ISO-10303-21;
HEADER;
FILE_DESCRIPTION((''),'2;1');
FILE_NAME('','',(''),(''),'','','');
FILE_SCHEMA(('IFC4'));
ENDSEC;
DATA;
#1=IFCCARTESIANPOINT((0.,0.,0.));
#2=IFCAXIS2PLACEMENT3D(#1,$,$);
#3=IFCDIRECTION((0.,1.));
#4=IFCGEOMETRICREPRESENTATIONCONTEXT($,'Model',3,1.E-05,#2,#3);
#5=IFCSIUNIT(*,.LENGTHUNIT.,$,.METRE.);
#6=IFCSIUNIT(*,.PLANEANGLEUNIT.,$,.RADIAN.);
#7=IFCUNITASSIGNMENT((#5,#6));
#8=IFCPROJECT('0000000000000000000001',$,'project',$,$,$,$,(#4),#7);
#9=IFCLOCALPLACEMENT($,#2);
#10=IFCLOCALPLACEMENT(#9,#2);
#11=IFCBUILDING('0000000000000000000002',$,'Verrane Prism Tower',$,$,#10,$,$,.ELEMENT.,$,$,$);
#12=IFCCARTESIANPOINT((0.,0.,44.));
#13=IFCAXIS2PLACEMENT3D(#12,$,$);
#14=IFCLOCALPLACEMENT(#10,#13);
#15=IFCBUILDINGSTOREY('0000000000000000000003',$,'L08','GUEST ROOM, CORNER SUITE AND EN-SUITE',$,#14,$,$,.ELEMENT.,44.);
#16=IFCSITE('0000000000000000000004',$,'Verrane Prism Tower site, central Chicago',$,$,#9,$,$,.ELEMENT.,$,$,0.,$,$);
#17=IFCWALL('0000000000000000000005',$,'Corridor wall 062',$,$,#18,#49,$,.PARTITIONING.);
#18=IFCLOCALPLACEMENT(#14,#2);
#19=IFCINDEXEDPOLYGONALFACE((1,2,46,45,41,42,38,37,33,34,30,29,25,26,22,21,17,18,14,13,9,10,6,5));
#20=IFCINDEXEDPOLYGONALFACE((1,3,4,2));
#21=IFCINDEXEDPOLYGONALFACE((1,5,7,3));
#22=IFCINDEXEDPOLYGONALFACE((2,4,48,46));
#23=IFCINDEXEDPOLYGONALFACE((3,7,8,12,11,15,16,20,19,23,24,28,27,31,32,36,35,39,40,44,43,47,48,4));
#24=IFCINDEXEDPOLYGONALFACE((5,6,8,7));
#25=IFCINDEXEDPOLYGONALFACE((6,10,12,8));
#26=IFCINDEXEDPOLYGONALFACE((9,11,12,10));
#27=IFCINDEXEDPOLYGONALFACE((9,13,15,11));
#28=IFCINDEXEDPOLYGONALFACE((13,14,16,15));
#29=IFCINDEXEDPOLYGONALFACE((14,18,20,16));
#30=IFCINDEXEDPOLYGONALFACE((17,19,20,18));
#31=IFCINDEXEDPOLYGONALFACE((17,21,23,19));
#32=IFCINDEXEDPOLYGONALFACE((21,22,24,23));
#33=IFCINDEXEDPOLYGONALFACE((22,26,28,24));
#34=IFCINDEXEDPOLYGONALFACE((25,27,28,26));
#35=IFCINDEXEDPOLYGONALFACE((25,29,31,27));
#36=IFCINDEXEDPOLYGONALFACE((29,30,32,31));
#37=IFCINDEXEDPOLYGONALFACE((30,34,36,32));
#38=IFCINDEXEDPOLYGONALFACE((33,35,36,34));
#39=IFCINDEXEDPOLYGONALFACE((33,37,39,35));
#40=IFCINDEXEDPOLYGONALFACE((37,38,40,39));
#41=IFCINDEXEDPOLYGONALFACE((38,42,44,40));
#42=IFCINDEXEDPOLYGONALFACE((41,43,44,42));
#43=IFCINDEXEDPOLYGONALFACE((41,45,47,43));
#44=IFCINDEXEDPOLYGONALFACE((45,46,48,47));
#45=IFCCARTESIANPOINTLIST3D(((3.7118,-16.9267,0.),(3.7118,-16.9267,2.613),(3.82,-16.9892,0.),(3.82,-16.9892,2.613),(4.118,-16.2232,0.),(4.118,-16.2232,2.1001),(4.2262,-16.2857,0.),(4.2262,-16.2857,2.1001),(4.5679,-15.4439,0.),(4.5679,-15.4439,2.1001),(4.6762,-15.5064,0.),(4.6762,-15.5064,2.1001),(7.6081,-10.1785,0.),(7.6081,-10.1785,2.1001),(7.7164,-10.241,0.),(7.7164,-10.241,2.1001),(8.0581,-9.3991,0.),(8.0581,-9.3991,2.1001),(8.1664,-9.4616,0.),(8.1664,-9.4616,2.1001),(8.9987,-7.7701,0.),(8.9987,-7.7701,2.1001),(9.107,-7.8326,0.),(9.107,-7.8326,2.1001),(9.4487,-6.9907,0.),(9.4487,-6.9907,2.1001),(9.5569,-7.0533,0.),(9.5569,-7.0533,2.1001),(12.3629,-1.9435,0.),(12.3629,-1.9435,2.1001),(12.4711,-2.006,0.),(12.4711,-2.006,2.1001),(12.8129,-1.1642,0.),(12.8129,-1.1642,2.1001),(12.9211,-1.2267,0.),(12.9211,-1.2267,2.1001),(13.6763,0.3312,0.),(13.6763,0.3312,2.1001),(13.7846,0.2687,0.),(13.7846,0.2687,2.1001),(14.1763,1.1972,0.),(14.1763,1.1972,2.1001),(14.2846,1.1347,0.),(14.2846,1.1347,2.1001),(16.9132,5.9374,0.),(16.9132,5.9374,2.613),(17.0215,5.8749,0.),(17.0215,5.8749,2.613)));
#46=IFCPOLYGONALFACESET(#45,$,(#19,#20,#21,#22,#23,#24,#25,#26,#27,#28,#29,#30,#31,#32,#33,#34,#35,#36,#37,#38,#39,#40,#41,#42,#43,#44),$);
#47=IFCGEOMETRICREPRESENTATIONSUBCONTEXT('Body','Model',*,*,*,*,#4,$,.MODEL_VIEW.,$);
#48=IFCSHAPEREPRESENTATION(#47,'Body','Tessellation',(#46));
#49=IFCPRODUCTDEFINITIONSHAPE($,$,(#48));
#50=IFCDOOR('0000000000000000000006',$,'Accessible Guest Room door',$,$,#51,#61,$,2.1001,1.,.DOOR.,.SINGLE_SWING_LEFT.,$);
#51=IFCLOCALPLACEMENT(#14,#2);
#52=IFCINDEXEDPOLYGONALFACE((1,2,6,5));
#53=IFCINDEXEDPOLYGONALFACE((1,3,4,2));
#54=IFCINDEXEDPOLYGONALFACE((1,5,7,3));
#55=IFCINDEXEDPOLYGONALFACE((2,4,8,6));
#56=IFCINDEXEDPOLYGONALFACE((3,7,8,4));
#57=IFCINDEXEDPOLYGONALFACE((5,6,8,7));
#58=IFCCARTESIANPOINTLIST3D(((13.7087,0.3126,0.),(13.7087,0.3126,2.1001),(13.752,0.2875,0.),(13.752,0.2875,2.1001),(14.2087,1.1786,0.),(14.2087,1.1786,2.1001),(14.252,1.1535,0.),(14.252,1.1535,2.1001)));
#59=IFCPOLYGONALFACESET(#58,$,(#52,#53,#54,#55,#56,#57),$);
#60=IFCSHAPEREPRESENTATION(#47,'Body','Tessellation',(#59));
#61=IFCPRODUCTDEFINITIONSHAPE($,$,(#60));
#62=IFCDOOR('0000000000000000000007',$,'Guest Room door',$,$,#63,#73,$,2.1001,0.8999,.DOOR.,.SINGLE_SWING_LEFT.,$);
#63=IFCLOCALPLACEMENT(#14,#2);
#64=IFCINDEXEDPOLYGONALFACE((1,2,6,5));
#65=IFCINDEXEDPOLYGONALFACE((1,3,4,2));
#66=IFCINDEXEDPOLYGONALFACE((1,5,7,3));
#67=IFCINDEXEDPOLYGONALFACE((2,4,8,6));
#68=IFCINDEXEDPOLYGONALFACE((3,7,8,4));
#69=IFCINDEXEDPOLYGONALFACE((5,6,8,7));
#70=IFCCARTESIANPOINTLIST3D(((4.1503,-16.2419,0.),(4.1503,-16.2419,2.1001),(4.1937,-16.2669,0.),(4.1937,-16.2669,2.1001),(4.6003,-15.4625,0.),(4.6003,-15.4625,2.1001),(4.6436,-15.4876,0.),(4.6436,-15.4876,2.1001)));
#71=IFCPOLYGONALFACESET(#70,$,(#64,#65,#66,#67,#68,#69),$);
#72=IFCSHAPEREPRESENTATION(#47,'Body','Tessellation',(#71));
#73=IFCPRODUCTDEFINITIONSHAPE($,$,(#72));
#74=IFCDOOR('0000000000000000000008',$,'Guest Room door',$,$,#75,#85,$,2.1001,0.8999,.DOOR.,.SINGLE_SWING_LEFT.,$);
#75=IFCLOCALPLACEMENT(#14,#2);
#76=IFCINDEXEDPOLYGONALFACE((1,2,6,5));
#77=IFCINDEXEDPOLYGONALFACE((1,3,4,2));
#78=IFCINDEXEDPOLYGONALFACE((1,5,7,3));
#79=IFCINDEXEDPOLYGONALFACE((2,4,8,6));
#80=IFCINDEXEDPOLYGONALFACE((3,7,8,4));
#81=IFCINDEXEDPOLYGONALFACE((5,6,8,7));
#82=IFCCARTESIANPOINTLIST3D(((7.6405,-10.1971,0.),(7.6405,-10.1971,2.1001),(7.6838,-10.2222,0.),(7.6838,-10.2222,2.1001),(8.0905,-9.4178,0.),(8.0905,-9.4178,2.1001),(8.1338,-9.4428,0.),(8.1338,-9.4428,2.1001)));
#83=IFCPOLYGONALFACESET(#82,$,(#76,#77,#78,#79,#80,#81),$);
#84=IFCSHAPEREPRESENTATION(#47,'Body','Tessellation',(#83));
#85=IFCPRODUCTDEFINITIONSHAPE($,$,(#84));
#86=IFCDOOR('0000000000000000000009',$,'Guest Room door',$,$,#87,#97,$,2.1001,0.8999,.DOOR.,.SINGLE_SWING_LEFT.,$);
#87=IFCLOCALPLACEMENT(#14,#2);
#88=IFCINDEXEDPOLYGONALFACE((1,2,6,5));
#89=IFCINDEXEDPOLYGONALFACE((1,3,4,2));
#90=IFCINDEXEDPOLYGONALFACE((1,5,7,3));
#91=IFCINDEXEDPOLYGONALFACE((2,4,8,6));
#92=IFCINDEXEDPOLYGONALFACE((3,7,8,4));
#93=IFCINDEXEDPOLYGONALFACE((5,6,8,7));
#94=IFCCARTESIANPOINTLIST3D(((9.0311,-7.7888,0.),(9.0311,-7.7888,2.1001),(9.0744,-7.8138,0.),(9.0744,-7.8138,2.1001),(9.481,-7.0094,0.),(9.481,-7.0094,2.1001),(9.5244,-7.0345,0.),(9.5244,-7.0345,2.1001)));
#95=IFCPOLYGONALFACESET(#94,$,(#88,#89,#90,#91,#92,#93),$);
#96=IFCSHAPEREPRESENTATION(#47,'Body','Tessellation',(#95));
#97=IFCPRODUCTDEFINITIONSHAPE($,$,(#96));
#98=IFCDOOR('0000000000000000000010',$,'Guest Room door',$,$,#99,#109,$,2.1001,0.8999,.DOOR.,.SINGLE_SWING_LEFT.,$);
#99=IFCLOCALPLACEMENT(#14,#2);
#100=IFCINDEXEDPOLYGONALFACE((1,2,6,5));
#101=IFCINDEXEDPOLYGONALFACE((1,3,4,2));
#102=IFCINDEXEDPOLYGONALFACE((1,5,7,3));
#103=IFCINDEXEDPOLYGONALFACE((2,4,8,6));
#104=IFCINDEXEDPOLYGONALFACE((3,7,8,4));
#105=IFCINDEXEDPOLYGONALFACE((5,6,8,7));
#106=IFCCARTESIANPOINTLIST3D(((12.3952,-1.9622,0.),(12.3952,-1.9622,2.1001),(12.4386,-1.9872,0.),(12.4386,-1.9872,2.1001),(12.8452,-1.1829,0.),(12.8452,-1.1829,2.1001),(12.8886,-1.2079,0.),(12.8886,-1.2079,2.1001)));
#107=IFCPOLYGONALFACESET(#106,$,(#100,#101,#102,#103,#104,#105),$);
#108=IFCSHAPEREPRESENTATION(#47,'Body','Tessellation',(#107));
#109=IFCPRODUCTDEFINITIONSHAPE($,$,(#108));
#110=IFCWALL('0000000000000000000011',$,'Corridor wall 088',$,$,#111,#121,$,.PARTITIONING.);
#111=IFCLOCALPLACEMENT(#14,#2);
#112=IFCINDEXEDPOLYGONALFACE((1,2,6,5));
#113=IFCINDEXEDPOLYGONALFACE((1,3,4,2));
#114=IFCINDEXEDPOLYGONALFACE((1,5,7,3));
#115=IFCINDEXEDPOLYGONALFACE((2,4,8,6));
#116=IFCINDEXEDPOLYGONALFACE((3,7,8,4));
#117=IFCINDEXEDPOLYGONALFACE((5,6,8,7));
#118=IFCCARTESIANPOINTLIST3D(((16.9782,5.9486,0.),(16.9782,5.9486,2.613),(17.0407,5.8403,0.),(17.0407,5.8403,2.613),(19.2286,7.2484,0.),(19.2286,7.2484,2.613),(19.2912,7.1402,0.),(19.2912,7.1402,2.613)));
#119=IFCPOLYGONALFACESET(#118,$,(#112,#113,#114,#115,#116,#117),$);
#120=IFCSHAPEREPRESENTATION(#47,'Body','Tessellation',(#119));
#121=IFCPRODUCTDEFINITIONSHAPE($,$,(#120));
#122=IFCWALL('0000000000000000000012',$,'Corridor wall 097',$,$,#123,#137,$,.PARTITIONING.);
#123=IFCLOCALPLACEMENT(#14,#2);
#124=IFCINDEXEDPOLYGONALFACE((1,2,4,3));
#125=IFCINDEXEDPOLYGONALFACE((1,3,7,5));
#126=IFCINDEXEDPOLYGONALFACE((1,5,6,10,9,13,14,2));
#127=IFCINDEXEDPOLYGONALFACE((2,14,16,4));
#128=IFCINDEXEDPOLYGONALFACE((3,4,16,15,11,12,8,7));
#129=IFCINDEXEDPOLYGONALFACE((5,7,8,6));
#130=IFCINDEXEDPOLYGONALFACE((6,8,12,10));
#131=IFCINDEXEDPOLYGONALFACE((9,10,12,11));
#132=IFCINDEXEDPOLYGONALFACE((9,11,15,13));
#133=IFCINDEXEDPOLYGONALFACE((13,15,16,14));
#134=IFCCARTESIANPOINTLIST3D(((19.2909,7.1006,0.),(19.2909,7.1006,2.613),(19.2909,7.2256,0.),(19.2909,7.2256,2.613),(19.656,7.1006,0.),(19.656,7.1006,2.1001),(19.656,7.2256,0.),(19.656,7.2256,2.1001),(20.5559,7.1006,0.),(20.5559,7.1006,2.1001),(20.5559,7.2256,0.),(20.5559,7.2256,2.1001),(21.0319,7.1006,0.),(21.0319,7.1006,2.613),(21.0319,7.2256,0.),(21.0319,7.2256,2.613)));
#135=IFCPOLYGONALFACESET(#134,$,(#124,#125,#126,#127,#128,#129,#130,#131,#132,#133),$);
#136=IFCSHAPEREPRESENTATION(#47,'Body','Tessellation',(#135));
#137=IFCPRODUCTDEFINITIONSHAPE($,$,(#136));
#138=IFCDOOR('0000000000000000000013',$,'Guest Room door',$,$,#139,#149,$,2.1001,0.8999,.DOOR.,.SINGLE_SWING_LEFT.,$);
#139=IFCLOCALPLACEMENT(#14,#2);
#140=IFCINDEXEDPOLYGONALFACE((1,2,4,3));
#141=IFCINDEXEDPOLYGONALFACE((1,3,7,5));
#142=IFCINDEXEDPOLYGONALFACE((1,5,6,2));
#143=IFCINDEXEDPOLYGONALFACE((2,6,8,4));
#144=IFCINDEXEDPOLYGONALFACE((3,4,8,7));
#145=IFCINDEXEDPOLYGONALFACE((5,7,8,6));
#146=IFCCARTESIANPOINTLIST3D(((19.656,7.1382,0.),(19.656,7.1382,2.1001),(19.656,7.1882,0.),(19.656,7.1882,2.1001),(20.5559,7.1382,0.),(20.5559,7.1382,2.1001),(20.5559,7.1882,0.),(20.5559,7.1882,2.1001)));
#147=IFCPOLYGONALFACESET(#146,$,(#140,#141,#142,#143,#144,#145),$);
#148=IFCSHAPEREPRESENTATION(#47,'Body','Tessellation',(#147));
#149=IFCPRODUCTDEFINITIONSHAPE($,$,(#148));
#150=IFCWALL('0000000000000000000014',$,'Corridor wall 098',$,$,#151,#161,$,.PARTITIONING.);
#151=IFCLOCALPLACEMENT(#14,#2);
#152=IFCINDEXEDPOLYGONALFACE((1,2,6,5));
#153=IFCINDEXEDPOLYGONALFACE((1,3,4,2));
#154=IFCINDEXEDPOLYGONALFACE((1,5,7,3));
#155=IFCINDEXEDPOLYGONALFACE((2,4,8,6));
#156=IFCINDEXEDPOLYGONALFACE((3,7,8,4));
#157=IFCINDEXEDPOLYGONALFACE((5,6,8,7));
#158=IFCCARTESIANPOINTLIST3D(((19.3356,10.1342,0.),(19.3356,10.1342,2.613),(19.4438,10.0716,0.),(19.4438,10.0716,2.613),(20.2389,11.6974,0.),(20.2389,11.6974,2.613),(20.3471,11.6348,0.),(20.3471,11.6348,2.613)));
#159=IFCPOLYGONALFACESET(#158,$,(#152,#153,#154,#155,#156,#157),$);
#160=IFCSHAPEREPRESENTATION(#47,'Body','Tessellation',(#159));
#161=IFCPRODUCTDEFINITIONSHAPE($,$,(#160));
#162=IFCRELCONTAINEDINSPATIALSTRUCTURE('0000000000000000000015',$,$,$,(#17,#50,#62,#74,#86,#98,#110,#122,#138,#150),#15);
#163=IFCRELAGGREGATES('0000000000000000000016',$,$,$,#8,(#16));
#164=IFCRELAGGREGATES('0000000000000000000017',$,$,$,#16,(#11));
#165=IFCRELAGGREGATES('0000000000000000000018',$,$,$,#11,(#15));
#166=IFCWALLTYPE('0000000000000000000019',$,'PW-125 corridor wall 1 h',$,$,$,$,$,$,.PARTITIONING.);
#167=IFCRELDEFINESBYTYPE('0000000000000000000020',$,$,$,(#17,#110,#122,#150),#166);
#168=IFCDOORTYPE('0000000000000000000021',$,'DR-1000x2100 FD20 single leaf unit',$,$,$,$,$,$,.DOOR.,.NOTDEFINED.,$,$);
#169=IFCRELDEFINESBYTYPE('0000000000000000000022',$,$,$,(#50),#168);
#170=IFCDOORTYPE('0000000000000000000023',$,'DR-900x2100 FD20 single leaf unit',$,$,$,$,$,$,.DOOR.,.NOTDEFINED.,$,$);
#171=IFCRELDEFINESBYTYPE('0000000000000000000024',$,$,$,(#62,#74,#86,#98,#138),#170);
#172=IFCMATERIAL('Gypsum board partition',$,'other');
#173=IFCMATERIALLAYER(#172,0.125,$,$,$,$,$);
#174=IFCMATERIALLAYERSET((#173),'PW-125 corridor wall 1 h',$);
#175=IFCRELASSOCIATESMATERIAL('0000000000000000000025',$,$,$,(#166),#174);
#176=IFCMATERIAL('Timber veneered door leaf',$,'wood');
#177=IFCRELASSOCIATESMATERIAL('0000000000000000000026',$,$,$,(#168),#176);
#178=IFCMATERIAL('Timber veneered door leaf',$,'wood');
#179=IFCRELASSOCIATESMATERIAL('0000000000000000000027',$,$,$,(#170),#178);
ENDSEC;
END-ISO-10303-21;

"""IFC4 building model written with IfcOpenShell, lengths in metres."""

from ifc_helpers import new_model, si_unit, direction, frame, frame_2d, origin, place, context, subcontext, project, spatial, rectangle, extrude, material, layer, layer_set, type_object, element, fill, save


model = new_model("IFC4")

# Units and contexts
model_context = context("Model", 3, precision=1e-05, world=origin(), true_north=direction((0.0, 1.0)))
body_context = subcontext(model_context, "Body", "Model", "MODEL_VIEW")
ifc_project = project(units=[si_unit("LENGTHUNIT", "METRE"), si_unit("PLANEANGLEUNIT", "RADIAN")], contexts=[model_context])

# Site, building, storey
site_placement = place(None, origin())
site = spatial("IfcSite", under=ifc_project, at=site_placement, Name="Verrane Prism Tower site, central Chicago", CompositionType="ELEMENT", RefElevation=0.0)
building_placement = place(site_placement, origin())
building = spatial("IfcBuilding", under=site, at=building_placement, Name="Verrane Prism Tower", CompositionType="ELEMENT")
storey_placement = place(building_placement, frame((0.0, 0.0, 44.0)))
storey = spatial("IfcBuildingStorey", under=building, at=storey_placement, Name="L08", Description="GUEST ROOM, CORNER SUITE AND EN-SUITE", CompositionType="ELEMENT", Elevation=44.0)

# Wall, openings, doors
ifc_material_1 = material(Name="Gypsum board partition", Category="other")
ifc_layer_1 = layer(ifc_material_1, 0.125)
ifc_layer_set_1 = layer_set([ifc_layer_1], Name="PW-125 corridor wall 1 h")
wall_type_1 = type_object("IfcWallType", Name="PW-125 corridor wall 1 h", PredefinedType="PARTITIONING", material=ifc_layer_set_1)
wall_1_placement = place(storey_placement, frame((16.9673, 5.906, 0.0), z_axis=(0.0, 0.0, 1.0), x_axis=(-0.500025, -0.866011, 0.0)))
wall_1 = element("IfcWall", 1, at=wall_1_placement, inside=storey, type_object=wall_type_1, Name="Corridor wall 062", PredefinedType="PARTITIONING", context=body_context, shape_type="SweptSolid", body=[
    extrude(rectangle(XDim=26.4016, YDim=0.125, at=frame_2d((13.2007, 0.0))), origin(), (0.0, 0.0, 1.0), 2.613),
])
opening_1_placement = place(wall_1_placement, frame((24.6892, 0.0, 0.0)))
opening_1 = element("IfcOpeningElement", 2, at=opening_1_placement, cuts=wall_1, PredefinedType="OPENING", context=body_context, shape_type="SweptSolid", body=[
    extrude(rectangle(XDim=0.8999, YDim=2.1001, at=frame_2d((0.45, 1.05))), frame((0.0, 0.0725, 0.0), z_axis=(0.0, -1.0, 0.0), x_axis=(1.0, 0.0, 0.0)), (0.0, 0.0, 1.0), 0.145),
])
opening_2_placement = place(wall_1_placement, frame((17.7092, 0.0, 0.0)))
opening_2 = element("IfcOpeningElement", 3, at=opening_2_placement, cuts=wall_1, PredefinedType="OPENING", context=body_context, shape_type="SweptSolid", body=[
    extrude(rectangle(XDim=0.8999, YDim=2.1001, at=frame_2d((0.45, 1.05))), frame((0.0, 0.0725, 0.0), z_axis=(0.0, -1.0, 0.0), x_axis=(1.0, 0.0, 0.0)), (0.0, 0.0, 1.0), 0.145),
])
opening_3_placement = place(wall_1_placement, frame((14.9282, 0.0, 0.0)))
opening_3 = element("IfcOpeningElement", 4, at=opening_3_placement, cuts=wall_1, PredefinedType="OPENING", context=body_context, shape_type="SweptSolid", body=[
    extrude(rectangle(XDim=0.8999, YDim=2.1001, at=frame_2d((0.45, 1.05))), frame((0.0, 0.0725, 0.0), z_axis=(0.0, -1.0, 0.0), x_axis=(1.0, 0.0, 0.0)), (0.0, 0.0, 1.0), 0.145),
])
opening_4_placement = place(wall_1_placement, frame((8.2002, 0.0, 0.0)))
opening_4 = element("IfcOpeningElement", 5, at=opening_4_placement, cuts=wall_1, PredefinedType="OPENING", context=body_context, shape_type="SweptSolid", body=[
    extrude(rectangle(XDim=0.8999, YDim=2.1001, at=frame_2d((0.45, 1.05))), frame((0.0, 0.0725, 0.0), z_axis=(0.0, -1.0, 0.0), x_axis=(1.0, 0.0, 0.0)), (0.0, 0.0, 1.0), 0.145),
])
opening_5_placement = place(wall_1_placement, frame((5.4734, 0.0, 0.0)))
opening_5 = element("IfcOpeningElement", 6, at=opening_5_placement, cuts=wall_1, PredefinedType="OPENING", context=body_context, shape_type="SweptSolid", body=[
    extrude(rectangle(XDim=1.0, YDim=2.1001, at=frame_2d((0.5, 1.05))), frame((0.0, 0.0725, 0.0), z_axis=(0.0, -1.0, 0.0), x_axis=(1.0, 0.0, 0.0)), (0.0, 0.0, 1.0), 0.145),
])
ifc_material_2 = material(Name="Timber veneered door leaf", Category="wood")
door_type_1 = type_object("IfcDoorType", Name="DR-1000x2100 FD20 single leaf unit", OperationType="NOTDEFINED", PredefinedType="DOOR", material=ifc_material_2)
door_1_placement = place(opening_5_placement, origin())
door_1 = element("IfcDoor", 7, at=door_1_placement, inside=storey, type_object=door_type_1, Name="Accessible Guest Room door", OperationType="SINGLE_SWING_LEFT", OverallHeight=2.1001, OverallWidth=1.0, PredefinedType="DOOR", context=body_context, shape_type="SweptSolid", body=[
    extrude(rectangle(XDim=1.0, YDim=2.1001, at=frame_2d((0.5, 1.05))), frame((0.0, 0.0249, 0.0), z_axis=(0.0, -1.0, 0.0), x_axis=(1.0, 0.0, 0.0)), (0.0, 0.0, 1.0), 0.05),
])
fill(opening_5, door_1)
ifc_material_3 = material(Name="Timber veneered door leaf", Category="wood")
door_type_2 = type_object("IfcDoorType", Name="DR-900x2100 FD20 single leaf unit", OperationType="NOTDEFINED", PredefinedType="DOOR", material=ifc_material_3)
door_2_placement = place(opening_1_placement, origin())
door_2 = element("IfcDoor", 8, at=door_2_placement, inside=storey, type_object=door_type_2, Name="Guest Room door", OperationType="SINGLE_SWING_LEFT", OverallHeight=2.1001, OverallWidth=0.8999, PredefinedType="DOOR", context=body_context, shape_type="SweptSolid", body=[
    extrude(rectangle(XDim=0.8999, YDim=2.1001, at=frame_2d((0.45, 1.05))), frame((0.0, 0.0249, 0.0), z_axis=(0.0, -1.0, 0.0), x_axis=(1.0, 0.0, 0.0)), (0.0, 0.0, 1.0), 0.05),
])
fill(opening_1, door_2)
door_3_placement = place(opening_2_placement, origin())
door_3 = element("IfcDoor", 9, at=door_3_placement, inside=storey, type_object=door_type_2, Name="Guest Room door", OperationType="SINGLE_SWING_LEFT", OverallHeight=2.1001, OverallWidth=0.8999, PredefinedType="DOOR", context=body_context, shape_type="SweptSolid", body=[
    extrude(rectangle(XDim=0.8999, YDim=2.1001, at=frame_2d((0.45, 1.05))), frame((0.0, 0.0249, 0.0), z_axis=(0.0, -1.0, 0.0), x_axis=(1.0, 0.0, 0.0)), (0.0, 0.0, 1.0), 0.05),
])
fill(opening_2, door_3)
door_4_placement = place(opening_3_placement, origin())
door_4 = element("IfcDoor", 10, at=door_4_placement, inside=storey, type_object=door_type_2, Name="Guest Room door", OperationType="SINGLE_SWING_LEFT", OverallHeight=2.1001, OverallWidth=0.8999, PredefinedType="DOOR", context=body_context, shape_type="SweptSolid", body=[
    extrude(rectangle(XDim=0.8999, YDim=2.1001, at=frame_2d((0.45, 1.05))), frame((0.0, 0.0249, 0.0), z_axis=(0.0, -1.0, 0.0), x_axis=(1.0, 0.0, 0.0)), (0.0, 0.0, 1.0), 0.05),
])
fill(opening_3, door_4)
door_5_placement = place(opening_4_placement, origin())
door_5 = element("IfcDoor", 11, at=door_5_placement, inside=storey, type_object=door_type_2, Name="Guest Room door", OperationType="SINGLE_SWING_LEFT", OverallHeight=2.1001, OverallWidth=0.8999, PredefinedType="DOOR", context=body_context, shape_type="SweptSolid", body=[
    extrude(rectangle(XDim=0.8999, YDim=2.1001, at=frame_2d((0.45, 1.05))), frame((0.0, 0.0249, 0.0), z_axis=(0.0, -1.0, 0.0), x_axis=(1.0, 0.0, 0.0)), (0.0, 0.0, 1.0), 0.05),
])
fill(opening_4, door_5)

# Wall
wall_2_placement = place(storey_placement, frame((17.0095, 5.8945, 0.0), z_axis=(0.0, 0.0, 1.0), x_axis=(0.865945, 0.50014, 0.0)))
element("IfcWall", 12, at=wall_2_placement, inside=storey, type_object=wall_type_1, Name="Corridor wall 088", PredefinedType="PARTITIONING", context=body_context, shape_type="SweptSolid", body=[
    extrude(rectangle(XDim=2.5989, YDim=0.125, at=frame_2d((1.2993, 0.0))), origin(), (0.0, 0.0, 1.0), 2.613),
])

# Wall, opening, door
wall_3_placement = place(storey_placement, frame((21.032, 7.1631, 0.0), z_axis=(0.0, 0.0, 1.0), x_axis=(-1.0, 0.0, 0.0)))
wall_3 = element("IfcWall", 13, at=wall_3_placement, inside=storey, type_object=wall_type_1, Name="Corridor wall 097", PredefinedType="PARTITIONING", context=body_context, shape_type="SweptSolid", body=[
    extrude(rectangle(XDim=1.741, YDim=0.125, at=frame_2d((0.8706, 0.0))), origin(), (0.0, 0.0, 1.0), 2.613),
])
opening_6_placement = place(wall_3_placement, frame((0.4761, 0.0, 0.0)))
opening_6 = element("IfcOpeningElement", 14, at=opening_6_placement, cuts=wall_3, PredefinedType="OPENING", context=body_context, shape_type="SweptSolid", body=[
    extrude(rectangle(XDim=0.8999, YDim=2.1001, at=frame_2d((0.45, 1.05))), frame((0.0, 0.0725, 0.0), z_axis=(0.0, -1.0, 0.0), x_axis=(1.0, 0.0, 0.0)), (0.0, 0.0, 1.0), 0.145),
])
door_6_placement = place(opening_6_placement, origin())
door_6 = element("IfcDoor", 15, at=door_6_placement, inside=storey, type_object=door_type_2, Name="Guest Room door", OperationType="SINGLE_SWING_LEFT", OverallHeight=2.1001, OverallWidth=0.8999, PredefinedType="DOOR", context=body_context, shape_type="SweptSolid", body=[
    extrude(rectangle(XDim=0.8999, YDim=2.1001, at=frame_2d((0.45, 1.05))), frame((0.0, 0.0249, 0.0), z_axis=(0.0, -1.0, 0.0), x_axis=(1.0, 0.0, 0.0)), (0.0, 0.0, 1.0), 0.05),
])
fill(opening_6, door_6)

# Wall
wall_4_placement = place(storey_placement, frame((19.3896, 10.1028, 0.0), z_axis=(0.0, 0.0, 1.0), x_axis=(0.500327, 0.865836, 0.0)))
element("IfcWall", 16, at=wall_4_placement, inside=storey, type_object=wall_type_1, Name="Corridor wall 098", PredefinedType="PARTITIONING", context=body_context, shape_type="SweptSolid", body=[
    extrude(rectangle(XDim=1.8054, YDim=0.125, at=frame_2d((0.9028, 0.0))), origin(), (0.0, 0.0, 1.0), 2.613),
])

save(model, "model.ifc")
